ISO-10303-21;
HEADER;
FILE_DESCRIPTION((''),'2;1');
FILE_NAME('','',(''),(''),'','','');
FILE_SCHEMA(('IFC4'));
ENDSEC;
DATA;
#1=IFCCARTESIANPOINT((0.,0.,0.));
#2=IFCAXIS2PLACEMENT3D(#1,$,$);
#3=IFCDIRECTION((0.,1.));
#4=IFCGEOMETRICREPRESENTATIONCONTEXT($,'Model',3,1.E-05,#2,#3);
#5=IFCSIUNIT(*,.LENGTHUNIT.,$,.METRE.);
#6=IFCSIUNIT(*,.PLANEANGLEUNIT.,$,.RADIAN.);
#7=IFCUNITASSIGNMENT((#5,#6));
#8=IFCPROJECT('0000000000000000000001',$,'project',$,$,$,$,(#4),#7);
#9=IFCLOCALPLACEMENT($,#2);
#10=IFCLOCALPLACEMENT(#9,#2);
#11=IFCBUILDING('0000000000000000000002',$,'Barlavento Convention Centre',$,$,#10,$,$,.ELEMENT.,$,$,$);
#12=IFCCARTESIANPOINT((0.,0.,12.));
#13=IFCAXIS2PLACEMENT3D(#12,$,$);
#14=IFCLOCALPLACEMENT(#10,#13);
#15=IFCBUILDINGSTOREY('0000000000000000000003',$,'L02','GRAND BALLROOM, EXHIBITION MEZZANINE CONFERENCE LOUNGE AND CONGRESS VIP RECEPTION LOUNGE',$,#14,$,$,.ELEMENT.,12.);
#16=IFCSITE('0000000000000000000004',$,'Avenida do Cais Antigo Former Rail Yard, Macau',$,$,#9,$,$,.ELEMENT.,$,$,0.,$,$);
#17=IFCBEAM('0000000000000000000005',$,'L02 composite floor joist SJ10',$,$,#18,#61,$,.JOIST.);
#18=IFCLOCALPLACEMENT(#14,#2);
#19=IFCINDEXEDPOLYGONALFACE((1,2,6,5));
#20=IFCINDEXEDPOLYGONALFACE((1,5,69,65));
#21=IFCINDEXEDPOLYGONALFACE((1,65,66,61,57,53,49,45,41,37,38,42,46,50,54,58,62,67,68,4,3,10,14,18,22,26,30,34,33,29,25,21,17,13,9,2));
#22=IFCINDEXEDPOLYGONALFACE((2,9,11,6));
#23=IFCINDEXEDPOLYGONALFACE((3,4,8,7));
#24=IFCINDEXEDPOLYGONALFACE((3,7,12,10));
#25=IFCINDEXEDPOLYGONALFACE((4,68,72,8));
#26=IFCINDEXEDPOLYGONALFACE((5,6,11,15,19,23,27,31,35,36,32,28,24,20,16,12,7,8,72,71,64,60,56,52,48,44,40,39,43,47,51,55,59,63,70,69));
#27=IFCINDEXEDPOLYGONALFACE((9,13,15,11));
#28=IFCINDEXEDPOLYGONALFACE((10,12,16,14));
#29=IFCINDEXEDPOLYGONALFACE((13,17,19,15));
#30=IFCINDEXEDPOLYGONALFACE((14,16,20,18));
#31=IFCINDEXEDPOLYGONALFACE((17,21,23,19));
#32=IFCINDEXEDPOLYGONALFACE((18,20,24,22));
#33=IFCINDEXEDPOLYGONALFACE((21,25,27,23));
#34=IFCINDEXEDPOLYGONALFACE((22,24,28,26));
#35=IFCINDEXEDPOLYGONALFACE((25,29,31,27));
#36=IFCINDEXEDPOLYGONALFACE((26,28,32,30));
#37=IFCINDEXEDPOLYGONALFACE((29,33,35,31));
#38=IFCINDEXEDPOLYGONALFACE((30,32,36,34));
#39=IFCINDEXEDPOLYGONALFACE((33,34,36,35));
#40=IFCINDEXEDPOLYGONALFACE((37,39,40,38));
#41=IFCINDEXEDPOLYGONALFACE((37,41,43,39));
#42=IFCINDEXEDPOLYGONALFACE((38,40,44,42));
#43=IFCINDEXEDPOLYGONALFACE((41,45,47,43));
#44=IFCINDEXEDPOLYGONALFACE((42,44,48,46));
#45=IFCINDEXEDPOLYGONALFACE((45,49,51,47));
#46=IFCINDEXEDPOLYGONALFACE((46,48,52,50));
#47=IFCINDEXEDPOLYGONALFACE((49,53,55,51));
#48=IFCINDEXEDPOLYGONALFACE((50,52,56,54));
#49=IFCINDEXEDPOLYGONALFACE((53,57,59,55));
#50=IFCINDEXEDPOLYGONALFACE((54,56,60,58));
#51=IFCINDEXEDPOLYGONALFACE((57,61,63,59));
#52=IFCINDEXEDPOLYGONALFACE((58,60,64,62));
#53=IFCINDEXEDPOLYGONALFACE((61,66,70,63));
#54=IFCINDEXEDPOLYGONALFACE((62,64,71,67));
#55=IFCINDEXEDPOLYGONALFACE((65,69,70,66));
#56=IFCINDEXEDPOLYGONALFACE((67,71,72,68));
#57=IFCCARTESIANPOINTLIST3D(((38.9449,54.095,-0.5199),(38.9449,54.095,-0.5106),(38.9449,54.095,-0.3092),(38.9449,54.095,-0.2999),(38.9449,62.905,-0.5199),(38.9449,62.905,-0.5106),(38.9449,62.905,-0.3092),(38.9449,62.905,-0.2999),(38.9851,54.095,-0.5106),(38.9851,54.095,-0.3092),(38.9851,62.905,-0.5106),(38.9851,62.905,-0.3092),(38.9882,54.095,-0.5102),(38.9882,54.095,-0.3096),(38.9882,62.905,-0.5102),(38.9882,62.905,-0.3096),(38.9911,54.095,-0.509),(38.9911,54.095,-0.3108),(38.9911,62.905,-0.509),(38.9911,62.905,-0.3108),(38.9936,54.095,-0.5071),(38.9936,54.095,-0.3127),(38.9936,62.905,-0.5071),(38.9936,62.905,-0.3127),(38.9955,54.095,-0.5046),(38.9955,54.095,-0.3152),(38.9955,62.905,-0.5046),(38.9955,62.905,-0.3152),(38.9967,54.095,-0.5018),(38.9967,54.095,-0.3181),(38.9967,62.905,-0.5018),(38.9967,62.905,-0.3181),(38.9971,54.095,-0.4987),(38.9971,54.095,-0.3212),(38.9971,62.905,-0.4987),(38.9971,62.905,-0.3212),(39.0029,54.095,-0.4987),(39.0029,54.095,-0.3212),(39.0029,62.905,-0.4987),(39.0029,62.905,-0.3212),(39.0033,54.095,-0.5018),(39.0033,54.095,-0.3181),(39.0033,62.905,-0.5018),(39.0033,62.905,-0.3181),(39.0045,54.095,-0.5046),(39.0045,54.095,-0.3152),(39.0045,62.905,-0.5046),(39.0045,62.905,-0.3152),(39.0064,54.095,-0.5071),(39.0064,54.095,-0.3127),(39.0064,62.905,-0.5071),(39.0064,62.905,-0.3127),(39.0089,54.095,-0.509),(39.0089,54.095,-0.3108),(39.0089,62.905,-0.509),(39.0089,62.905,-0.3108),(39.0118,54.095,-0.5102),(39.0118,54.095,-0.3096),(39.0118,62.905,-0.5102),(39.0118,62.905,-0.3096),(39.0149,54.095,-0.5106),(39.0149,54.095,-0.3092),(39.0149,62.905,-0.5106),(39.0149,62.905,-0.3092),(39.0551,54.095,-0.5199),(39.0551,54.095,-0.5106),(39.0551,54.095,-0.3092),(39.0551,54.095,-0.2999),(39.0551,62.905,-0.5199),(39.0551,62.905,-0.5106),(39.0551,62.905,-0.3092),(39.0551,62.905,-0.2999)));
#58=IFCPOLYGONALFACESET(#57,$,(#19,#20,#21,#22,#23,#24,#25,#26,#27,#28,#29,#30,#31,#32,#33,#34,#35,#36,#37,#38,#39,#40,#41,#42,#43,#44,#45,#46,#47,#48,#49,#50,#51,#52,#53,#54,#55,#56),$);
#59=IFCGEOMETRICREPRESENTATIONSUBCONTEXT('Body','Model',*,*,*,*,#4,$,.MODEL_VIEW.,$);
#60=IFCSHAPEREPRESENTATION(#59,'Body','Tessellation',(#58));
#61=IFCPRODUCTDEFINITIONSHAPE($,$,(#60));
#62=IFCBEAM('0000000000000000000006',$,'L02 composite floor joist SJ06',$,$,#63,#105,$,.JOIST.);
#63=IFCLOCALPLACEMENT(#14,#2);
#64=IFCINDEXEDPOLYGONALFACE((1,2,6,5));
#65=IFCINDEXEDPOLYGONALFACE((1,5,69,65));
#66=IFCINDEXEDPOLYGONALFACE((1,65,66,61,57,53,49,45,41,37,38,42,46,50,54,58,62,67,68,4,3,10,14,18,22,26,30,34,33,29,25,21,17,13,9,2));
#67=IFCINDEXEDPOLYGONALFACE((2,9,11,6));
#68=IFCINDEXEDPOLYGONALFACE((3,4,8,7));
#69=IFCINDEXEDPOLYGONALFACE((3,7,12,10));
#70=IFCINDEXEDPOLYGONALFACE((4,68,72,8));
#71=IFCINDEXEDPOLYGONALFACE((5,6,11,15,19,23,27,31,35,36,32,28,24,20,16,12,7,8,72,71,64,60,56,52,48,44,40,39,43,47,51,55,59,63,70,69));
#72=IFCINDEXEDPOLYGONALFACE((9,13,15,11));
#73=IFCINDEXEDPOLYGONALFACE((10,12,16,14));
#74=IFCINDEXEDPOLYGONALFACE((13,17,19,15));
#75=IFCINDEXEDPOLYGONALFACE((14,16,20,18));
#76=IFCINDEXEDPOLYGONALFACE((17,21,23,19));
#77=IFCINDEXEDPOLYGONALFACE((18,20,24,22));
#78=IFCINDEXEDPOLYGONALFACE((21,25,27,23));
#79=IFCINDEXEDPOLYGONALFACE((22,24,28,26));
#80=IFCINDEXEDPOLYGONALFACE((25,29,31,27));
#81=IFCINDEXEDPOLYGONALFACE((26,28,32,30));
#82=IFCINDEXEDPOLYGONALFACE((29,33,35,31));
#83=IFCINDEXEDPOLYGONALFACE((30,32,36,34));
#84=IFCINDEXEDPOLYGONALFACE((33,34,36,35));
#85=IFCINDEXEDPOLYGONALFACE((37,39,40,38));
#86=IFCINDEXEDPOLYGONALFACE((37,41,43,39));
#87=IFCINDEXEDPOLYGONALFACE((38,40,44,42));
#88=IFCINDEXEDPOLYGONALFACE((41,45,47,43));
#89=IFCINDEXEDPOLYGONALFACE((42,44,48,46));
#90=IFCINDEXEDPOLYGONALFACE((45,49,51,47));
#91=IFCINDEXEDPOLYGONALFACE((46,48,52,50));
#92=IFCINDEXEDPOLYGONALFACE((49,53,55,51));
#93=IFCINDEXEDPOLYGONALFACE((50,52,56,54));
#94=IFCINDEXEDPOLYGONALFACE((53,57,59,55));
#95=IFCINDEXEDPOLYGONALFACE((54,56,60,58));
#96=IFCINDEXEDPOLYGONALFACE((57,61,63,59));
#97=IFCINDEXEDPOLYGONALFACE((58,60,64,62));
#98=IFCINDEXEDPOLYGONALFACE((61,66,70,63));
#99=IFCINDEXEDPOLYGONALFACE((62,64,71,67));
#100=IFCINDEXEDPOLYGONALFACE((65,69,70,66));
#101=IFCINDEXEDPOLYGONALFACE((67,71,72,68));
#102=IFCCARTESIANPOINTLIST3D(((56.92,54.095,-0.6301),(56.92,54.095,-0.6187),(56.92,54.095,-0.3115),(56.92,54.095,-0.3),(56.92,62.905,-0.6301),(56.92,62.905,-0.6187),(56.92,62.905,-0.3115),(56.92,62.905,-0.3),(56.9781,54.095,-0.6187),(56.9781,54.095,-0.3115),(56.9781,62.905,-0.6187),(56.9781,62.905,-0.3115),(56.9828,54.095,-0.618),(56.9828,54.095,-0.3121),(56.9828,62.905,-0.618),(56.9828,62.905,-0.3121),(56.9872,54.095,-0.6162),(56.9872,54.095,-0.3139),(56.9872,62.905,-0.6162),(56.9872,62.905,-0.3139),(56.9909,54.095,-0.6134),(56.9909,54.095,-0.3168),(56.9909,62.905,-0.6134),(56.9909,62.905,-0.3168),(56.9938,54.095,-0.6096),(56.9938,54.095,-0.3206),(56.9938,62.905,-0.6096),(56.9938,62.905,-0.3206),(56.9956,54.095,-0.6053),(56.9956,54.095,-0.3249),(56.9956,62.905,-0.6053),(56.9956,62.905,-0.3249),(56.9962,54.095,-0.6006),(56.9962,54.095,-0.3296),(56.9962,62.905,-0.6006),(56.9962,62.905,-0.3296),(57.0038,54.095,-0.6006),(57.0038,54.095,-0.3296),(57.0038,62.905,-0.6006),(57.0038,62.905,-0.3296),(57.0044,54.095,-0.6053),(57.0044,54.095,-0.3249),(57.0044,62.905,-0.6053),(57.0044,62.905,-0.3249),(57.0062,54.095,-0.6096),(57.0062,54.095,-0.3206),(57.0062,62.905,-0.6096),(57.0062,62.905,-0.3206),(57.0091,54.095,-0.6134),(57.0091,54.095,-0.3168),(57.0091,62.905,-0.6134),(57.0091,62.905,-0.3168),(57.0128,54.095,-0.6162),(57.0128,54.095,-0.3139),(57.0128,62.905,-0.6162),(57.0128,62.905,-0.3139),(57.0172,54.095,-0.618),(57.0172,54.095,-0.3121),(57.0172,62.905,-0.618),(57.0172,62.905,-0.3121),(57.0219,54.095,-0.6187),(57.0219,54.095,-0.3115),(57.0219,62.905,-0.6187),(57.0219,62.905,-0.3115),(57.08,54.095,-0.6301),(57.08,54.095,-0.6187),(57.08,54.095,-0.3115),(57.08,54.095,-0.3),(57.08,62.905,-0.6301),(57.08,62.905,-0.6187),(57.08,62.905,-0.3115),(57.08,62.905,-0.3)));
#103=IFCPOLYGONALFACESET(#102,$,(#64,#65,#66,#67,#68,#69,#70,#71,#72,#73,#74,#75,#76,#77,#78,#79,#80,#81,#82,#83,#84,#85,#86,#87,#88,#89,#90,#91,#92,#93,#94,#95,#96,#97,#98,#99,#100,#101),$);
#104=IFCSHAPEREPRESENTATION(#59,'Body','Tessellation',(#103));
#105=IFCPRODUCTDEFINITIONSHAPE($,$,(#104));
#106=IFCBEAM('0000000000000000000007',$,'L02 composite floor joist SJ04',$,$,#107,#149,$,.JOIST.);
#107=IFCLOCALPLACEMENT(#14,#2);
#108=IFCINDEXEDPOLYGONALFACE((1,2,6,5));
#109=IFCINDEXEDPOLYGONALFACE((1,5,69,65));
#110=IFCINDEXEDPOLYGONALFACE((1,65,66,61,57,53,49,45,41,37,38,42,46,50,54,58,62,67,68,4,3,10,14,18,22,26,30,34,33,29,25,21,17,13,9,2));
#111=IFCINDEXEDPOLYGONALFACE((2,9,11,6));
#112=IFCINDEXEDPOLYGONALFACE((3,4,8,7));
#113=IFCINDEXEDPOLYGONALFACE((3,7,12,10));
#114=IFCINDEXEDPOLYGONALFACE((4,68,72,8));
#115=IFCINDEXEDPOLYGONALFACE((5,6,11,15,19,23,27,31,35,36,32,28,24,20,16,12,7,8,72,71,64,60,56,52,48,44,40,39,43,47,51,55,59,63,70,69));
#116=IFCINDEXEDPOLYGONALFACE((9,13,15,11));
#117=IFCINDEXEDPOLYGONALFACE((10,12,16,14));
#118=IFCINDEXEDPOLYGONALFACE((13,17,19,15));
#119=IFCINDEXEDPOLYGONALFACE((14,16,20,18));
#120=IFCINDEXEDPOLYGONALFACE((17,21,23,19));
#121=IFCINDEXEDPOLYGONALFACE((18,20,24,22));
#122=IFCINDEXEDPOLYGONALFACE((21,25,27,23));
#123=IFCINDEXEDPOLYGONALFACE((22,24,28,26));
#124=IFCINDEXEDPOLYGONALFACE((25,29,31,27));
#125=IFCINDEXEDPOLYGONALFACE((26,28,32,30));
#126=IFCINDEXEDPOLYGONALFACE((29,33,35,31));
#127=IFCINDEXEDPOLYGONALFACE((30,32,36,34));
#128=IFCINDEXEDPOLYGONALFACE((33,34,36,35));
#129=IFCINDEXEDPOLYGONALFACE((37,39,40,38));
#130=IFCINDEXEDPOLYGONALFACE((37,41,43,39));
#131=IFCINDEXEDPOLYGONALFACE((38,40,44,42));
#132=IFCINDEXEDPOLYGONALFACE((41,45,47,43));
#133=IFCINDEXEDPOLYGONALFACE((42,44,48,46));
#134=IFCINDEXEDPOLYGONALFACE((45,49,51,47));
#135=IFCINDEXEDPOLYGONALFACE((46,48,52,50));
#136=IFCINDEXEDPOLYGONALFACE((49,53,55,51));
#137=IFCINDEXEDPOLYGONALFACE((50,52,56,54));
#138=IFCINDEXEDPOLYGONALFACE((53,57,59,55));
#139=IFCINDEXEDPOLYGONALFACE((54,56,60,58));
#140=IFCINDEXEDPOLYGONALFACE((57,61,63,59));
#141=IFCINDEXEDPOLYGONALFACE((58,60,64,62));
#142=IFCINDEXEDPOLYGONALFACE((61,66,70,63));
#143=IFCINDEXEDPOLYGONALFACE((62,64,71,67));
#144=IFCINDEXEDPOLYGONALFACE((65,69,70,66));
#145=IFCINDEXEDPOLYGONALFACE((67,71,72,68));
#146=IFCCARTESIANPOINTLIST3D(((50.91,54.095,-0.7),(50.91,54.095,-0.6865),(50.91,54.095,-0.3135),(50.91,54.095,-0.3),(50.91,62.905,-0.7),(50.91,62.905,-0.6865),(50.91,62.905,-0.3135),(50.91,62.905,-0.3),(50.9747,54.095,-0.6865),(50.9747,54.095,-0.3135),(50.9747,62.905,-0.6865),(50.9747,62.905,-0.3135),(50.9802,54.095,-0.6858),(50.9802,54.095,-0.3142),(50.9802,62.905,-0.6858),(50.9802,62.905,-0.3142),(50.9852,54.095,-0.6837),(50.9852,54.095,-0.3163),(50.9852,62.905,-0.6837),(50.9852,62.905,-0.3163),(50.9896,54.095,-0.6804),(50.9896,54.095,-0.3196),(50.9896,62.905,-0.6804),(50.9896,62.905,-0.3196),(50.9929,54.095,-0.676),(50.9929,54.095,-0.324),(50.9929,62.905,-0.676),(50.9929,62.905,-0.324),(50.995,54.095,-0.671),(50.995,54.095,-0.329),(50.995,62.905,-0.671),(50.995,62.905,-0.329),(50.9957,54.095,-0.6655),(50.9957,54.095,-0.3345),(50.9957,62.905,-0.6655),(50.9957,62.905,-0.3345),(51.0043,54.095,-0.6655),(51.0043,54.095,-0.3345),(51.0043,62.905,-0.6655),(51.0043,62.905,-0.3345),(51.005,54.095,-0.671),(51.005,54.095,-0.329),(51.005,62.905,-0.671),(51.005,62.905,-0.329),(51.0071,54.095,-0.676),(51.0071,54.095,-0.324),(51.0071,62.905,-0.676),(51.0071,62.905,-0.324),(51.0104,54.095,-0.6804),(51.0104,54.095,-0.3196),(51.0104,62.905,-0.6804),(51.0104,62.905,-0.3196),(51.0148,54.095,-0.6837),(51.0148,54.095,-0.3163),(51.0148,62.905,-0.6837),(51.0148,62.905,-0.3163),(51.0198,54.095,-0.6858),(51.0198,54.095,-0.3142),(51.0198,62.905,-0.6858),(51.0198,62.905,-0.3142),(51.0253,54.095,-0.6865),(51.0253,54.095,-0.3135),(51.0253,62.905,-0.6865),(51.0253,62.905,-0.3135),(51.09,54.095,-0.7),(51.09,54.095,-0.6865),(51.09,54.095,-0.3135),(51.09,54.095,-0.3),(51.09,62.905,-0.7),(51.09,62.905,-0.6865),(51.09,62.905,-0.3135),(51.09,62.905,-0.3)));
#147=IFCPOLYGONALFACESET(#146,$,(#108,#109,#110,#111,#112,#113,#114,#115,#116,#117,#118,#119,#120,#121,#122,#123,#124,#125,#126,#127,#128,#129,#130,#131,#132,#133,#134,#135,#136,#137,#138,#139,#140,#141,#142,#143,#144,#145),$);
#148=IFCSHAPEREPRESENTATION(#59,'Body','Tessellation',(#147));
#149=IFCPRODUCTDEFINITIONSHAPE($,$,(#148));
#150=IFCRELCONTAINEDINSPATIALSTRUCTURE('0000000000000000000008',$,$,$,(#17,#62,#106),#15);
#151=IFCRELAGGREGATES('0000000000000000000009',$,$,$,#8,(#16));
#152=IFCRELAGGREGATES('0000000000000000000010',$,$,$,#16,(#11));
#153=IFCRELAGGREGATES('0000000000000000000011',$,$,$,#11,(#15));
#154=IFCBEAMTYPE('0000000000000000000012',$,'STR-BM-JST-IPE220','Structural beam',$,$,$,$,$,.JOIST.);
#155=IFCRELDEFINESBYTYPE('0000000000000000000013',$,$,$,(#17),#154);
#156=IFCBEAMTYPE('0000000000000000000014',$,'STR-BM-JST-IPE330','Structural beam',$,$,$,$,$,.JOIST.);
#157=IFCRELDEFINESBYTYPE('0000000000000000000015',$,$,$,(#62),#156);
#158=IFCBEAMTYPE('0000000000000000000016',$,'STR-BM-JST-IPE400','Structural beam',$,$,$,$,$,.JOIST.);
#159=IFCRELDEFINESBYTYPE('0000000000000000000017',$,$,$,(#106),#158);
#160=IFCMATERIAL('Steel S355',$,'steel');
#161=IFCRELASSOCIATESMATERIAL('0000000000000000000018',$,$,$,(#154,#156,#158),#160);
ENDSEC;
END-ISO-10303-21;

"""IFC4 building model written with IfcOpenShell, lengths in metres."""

from ifc_helpers import new_model, si_unit, direction, frame, origin, origin_2d, place, context, subcontext, project, spatial, i_section, extrude, material, material_profile, profile_set, type_object, element, save


model = new_model("IFC4")

# Units and contexts
model_context = context("Model", 3, precision=1e-05, world=origin(), true_north=direction((0.0, 1.0)))
body_context = subcontext(model_context, "Body", "Model", "MODEL_VIEW")
ifc_project = project(units=[si_unit("LENGTHUNIT", "METRE"), si_unit("PLANEANGLEUNIT", "RADIAN")], contexts=[model_context])

# Site, building, storey
site_placement = place(None, origin())
site = spatial("IfcSite", under=ifc_project, at=site_placement, Name="Avenida do Cais Antigo Former Rail Yard, Macau", CompositionType="ELEMENT", RefElevation=0.0)
building_placement = place(site_placement, origin())
building = spatial("IfcBuilding", under=site, at=building_placement, Name="Barlavento Convention Centre", CompositionType="ELEMENT")
storey_placement = place(building_placement, frame((0.0, 0.0, 12.0)))
storey = spatial("IfcBuildingStorey", under=building, at=storey_placement, Name="L02", Description="GRAND BALLROOM, EXHIBITION MEZZANINE CONFERENCE LOUNGE AND CONGRESS VIP RECEPTION LOUNGE", CompositionType="ELEMENT", Elevation=12.0)

# Shared definitions
ifc_material_1 = material(Name="Steel S355", Category="steel")

# Beams
ifc_material_profile_1 = material_profile(ifc_material_1, i_section(OverallWidth=0.1101, OverallDepth=0.22, WebThickness=0.0059, FlangeThickness=0.0093, FilletRadius=0.012, at=origin_2d()), Name="IPE 220")
ifc_profile_set_1 = profile_set([ifc_material_profile_1], Name="Steel S355")
beam_type_1 = type_object("IfcBeamType", Name="STR-BM-JST-IPE220", Description="Structural beam", PredefinedType="JOIST", material=ifc_profile_set_1)
beam_1_placement = place(storey_placement, frame((39.0, 54.095, -0.4099), z_axis=(0.0, 1.0, 0.0), x_axis=(-1.0, 0.0, 0.0)))
element("IfcBeam", 1, at=beam_1_placement, inside=storey, type_object=beam_type_1, Name="L02 composite floor joist SJ10", PredefinedType="JOIST", context=body_context, shape_type="SweptSolid", body=[
    extrude(i_section(OverallWidth=0.1101, OverallDepth=0.22, WebThickness=0.0059, FlangeThickness=0.0093, FilletRadius=0.012, at=origin_2d()), origin(), (0.0, 0.0, 1.0), 8.8101),
])
ifc_material_profile_2 = material_profile(ifc_material_1, i_section(OverallWidth=0.1599, OverallDepth=0.3301, WebThickness=0.0076, FlangeThickness=0.0115, FilletRadius=0.0181, at=origin_2d()), Name="IPE 330")
ifc_profile_set_2 = profile_set([ifc_material_profile_2], Name="Steel S355")
beam_type_2 = type_object("IfcBeamType", Name="STR-BM-JST-IPE330", Description="Structural beam", PredefinedType="JOIST", material=ifc_profile_set_2)
beam_2_placement = place(storey_placement, frame((57.0, 54.095, -0.4651), z_axis=(0.0, 1.0, 0.0), x_axis=(-1.0, 0.0, 0.0)))
element("IfcBeam", 2, at=beam_2_placement, inside=storey, type_object=beam_type_2, Name="L02 composite floor joist SJ06", PredefinedType="JOIST", context=body_context, shape_type="SweptSolid", body=[
    extrude(i_section(OverallWidth=0.1599, OverallDepth=0.3301, WebThickness=0.0076, FlangeThickness=0.0115, FilletRadius=0.0181, at=origin_2d()), origin(), (0.0, 0.0, 1.0), 8.8101),
])
ifc_material_profile_3 = material_profile(ifc_material_1, i_section(OverallWidth=0.1799, OverallDepth=0.3999, WebThickness=0.0085, FlangeThickness=0.0134, FilletRadius=0.021, at=origin_2d()), Name="IPE 400")
ifc_profile_set_3 = profile_set([ifc_material_profile_3], Name="Steel S355")
beam_type_3 = type_object("IfcBeamType", Name="STR-BM-JST-IPE400", Description="Structural beam", PredefinedType="JOIST", material=ifc_profile_set_3)
beam_3_placement = place(storey_placement, frame((51.0, 54.095, -0.5), z_axis=(0.0, 1.0, 0.0), x_axis=(-1.0, 0.0, 0.0)))
element("IfcBeam", 3, at=beam_3_placement, inside=storey, type_object=beam_type_3, Name="L02 composite floor joist SJ04", PredefinedType="JOIST", context=body_context, shape_type="SweptSolid", body=[
    extrude(i_section(OverallWidth=0.1799, OverallDepth=0.3999, WebThickness=0.0085, FlangeThickness=0.0134, FilletRadius=0.021, at=origin_2d()), origin(), (0.0, 0.0, 1.0), 8.8101),
])

save(model, "model.ifc")
